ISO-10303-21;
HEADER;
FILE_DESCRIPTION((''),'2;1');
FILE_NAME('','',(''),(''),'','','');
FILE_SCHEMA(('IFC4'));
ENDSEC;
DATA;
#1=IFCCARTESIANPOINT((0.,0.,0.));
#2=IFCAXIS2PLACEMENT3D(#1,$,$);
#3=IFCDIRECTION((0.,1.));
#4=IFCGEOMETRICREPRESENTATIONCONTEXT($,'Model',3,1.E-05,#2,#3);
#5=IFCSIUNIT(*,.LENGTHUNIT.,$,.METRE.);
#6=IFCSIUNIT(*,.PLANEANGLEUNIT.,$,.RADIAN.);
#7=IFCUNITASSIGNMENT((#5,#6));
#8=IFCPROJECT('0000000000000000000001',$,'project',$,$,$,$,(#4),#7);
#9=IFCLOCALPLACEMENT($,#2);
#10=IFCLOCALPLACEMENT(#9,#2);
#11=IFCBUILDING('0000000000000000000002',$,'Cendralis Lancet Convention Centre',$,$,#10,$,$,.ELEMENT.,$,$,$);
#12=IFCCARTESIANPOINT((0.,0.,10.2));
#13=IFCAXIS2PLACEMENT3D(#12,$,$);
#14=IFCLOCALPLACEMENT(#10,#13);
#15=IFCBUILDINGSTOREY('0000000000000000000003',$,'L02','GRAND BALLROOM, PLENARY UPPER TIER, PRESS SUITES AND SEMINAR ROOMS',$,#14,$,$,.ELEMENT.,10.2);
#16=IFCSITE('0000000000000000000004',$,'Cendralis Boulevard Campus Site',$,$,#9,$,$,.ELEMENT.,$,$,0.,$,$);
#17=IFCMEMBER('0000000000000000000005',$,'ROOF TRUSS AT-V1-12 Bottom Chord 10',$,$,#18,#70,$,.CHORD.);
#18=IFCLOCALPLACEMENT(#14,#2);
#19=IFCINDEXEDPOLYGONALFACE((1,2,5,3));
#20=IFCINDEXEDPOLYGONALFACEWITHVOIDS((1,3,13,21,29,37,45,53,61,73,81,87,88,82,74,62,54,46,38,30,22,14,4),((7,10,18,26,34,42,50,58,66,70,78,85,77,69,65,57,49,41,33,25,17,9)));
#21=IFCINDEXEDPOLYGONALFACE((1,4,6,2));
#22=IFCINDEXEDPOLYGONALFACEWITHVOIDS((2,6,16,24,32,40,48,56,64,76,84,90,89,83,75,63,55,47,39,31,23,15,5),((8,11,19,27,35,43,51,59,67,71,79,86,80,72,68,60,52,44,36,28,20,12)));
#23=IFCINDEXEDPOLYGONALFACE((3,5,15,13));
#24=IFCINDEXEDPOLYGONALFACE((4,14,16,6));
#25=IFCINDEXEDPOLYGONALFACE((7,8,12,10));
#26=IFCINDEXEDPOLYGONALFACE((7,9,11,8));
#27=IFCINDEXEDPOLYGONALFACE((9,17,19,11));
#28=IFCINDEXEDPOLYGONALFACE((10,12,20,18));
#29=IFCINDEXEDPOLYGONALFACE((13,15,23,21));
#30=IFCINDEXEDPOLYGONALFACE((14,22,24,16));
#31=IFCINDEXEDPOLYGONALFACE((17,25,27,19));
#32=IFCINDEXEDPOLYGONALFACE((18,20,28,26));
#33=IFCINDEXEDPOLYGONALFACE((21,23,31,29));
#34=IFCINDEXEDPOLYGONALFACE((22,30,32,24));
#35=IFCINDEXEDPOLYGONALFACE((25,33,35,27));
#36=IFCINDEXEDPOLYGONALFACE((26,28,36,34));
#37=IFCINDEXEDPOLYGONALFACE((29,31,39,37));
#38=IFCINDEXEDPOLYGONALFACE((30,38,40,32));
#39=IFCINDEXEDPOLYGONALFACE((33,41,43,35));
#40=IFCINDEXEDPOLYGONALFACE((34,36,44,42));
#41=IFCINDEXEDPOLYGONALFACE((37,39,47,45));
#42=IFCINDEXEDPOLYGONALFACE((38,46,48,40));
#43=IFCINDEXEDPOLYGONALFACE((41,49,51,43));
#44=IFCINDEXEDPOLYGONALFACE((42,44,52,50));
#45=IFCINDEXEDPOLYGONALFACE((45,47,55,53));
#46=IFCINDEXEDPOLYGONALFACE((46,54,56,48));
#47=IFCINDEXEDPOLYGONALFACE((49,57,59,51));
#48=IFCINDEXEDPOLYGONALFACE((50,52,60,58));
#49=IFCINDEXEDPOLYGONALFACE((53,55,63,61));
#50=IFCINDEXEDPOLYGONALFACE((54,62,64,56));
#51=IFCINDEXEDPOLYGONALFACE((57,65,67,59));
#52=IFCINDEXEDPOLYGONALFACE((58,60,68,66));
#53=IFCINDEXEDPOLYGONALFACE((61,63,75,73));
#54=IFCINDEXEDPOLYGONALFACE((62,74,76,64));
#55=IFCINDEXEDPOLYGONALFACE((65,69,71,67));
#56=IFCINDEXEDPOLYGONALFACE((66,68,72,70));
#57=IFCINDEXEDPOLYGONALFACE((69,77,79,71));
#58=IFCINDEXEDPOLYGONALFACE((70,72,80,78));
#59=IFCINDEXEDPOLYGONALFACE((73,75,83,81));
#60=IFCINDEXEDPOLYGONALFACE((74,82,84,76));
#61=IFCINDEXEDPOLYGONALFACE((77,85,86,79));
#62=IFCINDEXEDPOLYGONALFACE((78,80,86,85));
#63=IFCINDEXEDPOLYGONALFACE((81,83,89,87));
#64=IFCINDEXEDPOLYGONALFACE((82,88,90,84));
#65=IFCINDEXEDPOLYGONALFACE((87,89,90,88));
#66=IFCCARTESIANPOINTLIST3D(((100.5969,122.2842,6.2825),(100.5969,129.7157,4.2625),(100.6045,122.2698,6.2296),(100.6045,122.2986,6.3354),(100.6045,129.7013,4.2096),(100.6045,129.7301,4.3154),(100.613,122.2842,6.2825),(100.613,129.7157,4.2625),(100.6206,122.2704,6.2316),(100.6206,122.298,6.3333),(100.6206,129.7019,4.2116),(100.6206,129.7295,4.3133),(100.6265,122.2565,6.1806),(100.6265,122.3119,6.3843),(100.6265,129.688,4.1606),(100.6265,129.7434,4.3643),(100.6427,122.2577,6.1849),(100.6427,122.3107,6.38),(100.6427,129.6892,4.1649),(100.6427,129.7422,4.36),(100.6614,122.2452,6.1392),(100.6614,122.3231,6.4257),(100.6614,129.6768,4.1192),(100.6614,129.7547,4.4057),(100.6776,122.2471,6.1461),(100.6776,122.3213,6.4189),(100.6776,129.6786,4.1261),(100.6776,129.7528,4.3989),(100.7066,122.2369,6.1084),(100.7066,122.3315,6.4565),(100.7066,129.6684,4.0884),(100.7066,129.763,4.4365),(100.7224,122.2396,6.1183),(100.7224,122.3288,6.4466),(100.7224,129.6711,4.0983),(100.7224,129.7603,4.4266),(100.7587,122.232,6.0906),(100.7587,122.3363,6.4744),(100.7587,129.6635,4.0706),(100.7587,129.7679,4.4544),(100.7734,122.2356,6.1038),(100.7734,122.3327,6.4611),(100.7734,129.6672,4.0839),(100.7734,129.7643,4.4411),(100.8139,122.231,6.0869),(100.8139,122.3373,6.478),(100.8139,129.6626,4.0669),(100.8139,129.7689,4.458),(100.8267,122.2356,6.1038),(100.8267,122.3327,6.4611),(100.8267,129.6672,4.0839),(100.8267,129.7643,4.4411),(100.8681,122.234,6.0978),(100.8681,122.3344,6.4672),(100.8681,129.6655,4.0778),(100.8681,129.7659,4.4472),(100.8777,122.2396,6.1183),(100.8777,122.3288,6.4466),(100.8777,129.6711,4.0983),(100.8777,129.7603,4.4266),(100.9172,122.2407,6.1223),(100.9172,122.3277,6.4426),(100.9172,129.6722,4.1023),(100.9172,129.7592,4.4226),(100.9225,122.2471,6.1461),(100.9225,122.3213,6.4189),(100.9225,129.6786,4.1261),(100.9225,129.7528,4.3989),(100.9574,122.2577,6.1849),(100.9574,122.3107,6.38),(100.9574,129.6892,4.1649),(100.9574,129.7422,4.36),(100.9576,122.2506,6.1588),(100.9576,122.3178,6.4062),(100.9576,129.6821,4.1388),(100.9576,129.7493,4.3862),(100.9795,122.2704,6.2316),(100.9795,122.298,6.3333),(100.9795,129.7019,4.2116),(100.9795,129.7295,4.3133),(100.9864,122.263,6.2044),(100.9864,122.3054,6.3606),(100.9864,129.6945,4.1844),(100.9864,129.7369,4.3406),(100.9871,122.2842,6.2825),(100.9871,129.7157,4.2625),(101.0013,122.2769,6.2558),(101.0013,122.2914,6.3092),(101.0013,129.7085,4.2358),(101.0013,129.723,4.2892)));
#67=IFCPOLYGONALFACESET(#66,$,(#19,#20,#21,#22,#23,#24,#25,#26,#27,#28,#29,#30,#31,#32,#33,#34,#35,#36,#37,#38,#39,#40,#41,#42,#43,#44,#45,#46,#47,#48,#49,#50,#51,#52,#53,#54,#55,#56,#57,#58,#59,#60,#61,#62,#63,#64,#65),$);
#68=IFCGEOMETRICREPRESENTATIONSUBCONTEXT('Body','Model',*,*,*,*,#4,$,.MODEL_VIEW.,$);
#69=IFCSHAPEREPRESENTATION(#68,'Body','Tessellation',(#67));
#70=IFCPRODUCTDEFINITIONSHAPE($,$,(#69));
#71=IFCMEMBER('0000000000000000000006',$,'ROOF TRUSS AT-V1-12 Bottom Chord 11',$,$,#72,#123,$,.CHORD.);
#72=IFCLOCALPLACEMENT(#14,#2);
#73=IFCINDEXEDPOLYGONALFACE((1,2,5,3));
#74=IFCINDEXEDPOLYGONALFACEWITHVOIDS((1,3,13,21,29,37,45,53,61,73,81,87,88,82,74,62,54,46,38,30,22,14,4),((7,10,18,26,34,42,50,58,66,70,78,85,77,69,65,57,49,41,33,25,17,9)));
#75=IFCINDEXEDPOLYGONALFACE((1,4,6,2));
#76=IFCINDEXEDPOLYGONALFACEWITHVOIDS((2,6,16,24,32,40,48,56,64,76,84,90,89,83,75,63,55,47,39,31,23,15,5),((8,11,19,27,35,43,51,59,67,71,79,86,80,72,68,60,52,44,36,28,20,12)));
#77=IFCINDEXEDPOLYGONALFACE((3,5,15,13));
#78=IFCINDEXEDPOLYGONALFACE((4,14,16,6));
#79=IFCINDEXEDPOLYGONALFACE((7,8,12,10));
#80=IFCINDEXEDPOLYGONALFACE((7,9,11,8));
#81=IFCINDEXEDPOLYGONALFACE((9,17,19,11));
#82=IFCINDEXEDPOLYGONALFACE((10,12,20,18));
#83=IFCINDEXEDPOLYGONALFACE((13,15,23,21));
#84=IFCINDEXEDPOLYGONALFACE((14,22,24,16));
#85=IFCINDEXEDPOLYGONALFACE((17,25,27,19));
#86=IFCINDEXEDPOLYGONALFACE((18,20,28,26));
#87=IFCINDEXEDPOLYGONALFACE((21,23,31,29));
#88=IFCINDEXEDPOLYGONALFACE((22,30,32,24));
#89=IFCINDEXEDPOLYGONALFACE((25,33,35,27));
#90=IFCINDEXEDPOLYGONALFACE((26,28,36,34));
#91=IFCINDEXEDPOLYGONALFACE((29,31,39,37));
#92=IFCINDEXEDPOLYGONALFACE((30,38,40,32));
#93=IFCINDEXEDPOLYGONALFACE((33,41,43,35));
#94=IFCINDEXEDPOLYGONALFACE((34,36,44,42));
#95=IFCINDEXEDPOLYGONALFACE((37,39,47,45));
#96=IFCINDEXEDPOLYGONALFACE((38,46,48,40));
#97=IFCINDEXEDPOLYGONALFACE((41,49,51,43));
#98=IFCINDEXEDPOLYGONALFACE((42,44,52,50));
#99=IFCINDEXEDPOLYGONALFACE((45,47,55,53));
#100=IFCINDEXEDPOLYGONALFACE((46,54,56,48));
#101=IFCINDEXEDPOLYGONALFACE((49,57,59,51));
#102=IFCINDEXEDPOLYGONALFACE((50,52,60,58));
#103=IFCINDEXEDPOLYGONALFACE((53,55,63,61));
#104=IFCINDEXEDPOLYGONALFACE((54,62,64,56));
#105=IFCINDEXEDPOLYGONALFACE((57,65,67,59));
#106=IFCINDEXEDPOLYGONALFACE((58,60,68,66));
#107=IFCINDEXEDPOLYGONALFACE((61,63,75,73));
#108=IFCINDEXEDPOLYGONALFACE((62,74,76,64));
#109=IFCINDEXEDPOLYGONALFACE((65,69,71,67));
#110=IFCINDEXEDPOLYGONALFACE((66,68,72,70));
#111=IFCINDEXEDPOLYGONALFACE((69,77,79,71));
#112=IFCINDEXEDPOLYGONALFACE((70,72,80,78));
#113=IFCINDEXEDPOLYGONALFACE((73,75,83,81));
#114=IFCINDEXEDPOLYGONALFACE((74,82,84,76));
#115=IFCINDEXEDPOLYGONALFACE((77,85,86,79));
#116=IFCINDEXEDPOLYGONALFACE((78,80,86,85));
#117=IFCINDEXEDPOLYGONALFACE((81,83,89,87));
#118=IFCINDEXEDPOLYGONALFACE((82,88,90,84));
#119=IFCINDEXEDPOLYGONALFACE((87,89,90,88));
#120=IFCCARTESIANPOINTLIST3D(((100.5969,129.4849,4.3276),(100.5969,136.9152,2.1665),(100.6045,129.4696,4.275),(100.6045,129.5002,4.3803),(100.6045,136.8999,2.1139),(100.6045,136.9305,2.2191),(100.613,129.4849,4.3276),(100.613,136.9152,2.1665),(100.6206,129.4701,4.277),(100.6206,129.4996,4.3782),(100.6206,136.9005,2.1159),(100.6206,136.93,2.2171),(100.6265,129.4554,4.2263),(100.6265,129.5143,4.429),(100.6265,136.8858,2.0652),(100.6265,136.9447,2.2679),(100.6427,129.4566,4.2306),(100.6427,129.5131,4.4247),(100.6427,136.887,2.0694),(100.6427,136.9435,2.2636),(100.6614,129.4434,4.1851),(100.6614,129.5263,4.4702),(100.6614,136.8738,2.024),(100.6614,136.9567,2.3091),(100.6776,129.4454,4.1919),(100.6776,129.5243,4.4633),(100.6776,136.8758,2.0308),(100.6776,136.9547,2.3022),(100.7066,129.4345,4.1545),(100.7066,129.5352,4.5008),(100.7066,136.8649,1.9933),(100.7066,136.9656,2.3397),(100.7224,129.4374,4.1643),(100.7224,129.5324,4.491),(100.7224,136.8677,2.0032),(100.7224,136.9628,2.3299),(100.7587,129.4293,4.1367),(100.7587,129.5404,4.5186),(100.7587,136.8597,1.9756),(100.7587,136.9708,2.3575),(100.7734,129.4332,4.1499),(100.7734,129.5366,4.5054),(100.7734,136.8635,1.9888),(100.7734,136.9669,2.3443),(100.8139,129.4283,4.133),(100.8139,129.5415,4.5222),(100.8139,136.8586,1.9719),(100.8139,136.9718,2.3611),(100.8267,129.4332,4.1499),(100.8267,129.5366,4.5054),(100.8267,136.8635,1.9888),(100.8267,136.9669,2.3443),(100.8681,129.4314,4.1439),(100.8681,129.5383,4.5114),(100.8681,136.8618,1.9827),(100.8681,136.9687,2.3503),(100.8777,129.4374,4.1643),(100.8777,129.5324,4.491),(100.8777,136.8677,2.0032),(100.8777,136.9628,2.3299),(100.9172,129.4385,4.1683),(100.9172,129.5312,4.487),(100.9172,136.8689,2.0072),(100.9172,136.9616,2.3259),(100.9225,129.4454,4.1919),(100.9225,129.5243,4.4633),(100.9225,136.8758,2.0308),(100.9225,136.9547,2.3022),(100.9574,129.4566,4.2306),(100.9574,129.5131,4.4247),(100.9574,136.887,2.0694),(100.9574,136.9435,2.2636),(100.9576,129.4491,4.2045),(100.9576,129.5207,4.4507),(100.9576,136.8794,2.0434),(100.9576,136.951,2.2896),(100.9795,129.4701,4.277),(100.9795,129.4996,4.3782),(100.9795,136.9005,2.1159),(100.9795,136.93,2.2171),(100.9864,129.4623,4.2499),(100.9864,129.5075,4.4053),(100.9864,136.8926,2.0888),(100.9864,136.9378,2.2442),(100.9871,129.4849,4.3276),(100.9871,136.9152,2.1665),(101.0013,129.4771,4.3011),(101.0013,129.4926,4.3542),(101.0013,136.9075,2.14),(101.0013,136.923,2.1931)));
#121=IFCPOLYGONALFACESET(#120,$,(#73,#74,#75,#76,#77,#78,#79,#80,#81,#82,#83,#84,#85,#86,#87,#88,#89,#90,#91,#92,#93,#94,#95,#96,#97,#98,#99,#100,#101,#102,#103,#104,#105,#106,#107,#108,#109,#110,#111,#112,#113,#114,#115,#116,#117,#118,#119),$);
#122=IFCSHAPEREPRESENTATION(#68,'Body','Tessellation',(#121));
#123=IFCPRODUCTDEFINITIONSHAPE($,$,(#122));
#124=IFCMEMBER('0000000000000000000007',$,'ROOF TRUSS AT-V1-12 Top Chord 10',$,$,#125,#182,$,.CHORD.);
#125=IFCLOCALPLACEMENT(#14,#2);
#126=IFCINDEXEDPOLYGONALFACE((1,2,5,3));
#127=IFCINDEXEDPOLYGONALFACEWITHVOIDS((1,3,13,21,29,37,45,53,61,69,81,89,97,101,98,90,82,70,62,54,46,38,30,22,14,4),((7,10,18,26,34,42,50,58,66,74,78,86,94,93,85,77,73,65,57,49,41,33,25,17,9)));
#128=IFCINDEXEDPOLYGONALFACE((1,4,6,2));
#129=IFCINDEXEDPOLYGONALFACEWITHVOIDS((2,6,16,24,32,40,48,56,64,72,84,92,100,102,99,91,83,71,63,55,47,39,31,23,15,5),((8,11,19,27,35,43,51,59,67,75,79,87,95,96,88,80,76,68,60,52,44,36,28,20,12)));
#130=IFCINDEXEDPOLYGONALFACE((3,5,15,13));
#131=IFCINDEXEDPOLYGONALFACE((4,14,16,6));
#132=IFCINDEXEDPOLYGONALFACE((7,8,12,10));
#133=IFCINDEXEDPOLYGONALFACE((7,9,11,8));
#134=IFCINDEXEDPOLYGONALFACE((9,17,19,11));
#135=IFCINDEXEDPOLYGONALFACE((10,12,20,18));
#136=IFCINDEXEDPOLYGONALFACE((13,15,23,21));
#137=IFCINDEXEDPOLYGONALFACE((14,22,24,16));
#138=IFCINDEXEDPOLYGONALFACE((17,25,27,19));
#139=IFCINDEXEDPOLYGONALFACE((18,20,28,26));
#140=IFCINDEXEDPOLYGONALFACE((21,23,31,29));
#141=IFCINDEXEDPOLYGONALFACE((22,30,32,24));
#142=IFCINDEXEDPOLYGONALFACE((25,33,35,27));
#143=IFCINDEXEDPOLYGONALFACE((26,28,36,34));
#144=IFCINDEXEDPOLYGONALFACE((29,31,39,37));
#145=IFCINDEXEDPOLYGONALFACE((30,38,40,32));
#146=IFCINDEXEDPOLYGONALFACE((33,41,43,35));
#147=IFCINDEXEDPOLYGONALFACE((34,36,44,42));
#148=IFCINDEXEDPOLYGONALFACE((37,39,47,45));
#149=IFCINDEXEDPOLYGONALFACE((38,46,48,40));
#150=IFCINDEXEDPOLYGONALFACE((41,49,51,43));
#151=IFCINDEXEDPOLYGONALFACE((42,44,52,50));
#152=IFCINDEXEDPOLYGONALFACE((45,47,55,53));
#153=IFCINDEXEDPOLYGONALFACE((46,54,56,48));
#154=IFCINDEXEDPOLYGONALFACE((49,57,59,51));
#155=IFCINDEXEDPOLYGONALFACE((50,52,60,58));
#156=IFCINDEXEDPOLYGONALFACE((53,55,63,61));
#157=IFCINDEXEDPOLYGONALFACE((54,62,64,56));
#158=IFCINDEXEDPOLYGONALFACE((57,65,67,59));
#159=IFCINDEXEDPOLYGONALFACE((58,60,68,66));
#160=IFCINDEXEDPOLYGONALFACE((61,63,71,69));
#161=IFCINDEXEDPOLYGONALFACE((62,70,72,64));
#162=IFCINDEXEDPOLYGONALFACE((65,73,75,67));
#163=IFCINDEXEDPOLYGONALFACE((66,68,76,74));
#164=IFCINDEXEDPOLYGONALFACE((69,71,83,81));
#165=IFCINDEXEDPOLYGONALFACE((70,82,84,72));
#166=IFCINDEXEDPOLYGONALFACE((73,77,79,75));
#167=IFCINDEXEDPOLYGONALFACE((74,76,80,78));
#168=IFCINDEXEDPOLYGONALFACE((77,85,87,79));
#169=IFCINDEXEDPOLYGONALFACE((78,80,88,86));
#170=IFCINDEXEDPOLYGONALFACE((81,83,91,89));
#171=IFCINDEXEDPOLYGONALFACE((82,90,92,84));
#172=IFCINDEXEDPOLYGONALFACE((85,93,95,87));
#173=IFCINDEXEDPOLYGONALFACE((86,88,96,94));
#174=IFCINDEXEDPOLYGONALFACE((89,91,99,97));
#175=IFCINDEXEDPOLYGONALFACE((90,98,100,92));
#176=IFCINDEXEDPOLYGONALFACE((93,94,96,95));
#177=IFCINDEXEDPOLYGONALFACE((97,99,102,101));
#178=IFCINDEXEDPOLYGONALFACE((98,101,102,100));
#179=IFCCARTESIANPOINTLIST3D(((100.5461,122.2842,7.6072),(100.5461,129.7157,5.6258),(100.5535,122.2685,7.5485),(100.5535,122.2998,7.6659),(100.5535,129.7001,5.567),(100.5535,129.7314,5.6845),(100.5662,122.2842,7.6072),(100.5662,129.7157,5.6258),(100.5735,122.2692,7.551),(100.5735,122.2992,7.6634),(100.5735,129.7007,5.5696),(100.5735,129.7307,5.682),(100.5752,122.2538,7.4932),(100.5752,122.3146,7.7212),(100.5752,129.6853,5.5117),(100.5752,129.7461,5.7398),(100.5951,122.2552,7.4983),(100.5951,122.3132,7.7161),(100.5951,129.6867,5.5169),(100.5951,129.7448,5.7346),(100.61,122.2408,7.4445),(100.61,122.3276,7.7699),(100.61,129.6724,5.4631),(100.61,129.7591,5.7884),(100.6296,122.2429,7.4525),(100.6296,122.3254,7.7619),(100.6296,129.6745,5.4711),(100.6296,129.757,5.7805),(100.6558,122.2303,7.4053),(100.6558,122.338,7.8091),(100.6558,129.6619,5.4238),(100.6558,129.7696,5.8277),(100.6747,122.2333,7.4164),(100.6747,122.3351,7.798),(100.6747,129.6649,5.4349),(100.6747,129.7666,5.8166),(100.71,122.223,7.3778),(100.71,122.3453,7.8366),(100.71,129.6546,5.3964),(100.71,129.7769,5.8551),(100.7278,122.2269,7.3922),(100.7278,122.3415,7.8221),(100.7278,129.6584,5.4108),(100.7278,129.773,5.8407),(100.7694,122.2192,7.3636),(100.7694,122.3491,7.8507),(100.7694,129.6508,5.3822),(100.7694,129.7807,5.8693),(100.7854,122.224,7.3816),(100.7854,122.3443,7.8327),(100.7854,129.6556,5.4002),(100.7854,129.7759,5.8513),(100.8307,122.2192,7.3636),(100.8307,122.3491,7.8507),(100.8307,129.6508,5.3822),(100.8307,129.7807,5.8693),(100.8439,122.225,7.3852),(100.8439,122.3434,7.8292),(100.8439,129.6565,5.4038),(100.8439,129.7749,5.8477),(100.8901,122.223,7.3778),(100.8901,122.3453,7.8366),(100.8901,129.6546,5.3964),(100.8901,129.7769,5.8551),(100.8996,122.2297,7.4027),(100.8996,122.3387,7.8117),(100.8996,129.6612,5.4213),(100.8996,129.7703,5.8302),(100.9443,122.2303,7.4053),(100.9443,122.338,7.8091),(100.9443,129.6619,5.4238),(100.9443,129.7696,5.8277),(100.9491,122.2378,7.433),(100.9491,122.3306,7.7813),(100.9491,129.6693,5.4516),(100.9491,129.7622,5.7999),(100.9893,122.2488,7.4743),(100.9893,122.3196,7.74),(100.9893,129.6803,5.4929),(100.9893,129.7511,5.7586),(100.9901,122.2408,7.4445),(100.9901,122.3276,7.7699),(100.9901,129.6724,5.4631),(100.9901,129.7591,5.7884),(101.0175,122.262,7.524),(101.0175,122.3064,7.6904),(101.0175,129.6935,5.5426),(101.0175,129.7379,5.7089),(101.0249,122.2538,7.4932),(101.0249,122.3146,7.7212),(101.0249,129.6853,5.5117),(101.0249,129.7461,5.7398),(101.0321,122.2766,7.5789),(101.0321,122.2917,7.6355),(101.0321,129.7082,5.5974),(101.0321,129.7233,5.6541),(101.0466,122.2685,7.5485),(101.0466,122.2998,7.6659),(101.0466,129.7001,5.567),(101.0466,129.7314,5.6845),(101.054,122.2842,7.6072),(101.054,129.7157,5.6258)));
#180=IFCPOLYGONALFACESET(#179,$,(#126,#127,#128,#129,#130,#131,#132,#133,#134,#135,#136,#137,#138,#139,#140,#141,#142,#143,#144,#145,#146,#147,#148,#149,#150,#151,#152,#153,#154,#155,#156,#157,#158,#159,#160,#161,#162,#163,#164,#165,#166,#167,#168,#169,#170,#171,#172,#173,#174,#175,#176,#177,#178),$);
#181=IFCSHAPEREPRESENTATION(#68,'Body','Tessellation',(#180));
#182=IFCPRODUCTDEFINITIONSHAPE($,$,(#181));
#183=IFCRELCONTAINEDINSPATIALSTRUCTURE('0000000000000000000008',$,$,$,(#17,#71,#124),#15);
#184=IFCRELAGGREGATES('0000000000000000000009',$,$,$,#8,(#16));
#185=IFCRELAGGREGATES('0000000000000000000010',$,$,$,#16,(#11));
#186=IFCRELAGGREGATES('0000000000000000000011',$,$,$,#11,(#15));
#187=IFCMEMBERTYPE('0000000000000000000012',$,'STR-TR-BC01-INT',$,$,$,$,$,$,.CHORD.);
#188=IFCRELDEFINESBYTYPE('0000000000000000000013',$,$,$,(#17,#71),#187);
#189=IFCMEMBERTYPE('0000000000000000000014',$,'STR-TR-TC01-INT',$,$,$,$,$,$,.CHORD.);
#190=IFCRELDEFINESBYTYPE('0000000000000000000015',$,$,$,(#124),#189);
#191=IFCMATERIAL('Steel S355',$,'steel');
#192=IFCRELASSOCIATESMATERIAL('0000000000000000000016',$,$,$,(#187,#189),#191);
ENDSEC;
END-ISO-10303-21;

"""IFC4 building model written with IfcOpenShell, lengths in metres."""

from ifc_helpers import new_model, si_unit, direction, frame, origin, origin_2d, place, context, subcontext, project, spatial, hollow_circle, extrude, material, material_profile, profile_set, type_object, element, save


model = new_model("IFC4")

# Units and contexts
model_context = context("Model", 3, precision=1e-05, world=origin(), true_north=direction((0.0, 1.0)))
body_context = subcontext(model_context, "Body", "Model", "MODEL_VIEW")
ifc_project = project(units=[si_unit("LENGTHUNIT", "METRE"), si_unit("PLANEANGLEUNIT", "RADIAN")], contexts=[model_context])

# Site, building, storey
site_placement = place(None, origin())
site = spatial("IfcSite", under=ifc_project, at=site_placement, Name="Cendralis Boulevard Campus Site", CompositionType="ELEMENT", RefElevation=0.0)
building_placement = place(site_placement, origin())
building = spatial("IfcBuilding", under=site, at=building_placement, Name="Cendralis Lancet Convention Centre", CompositionType="ELEMENT")
storey_placement = place(building_placement, frame((0.0, 0.0, 10.2)))
storey = spatial("IfcBuildingStorey", under=building, at=storey_placement, Name="L02", Description="GRAND BALLROOM, PLENARY UPPER TIER, PRESS SUITES AND SEMINAR ROOMS", CompositionType="ELEMENT", Elevation=10.2)

# Members
ifc_material_1 = material(Name="Steel S355", Category="steel")
ifc_material_profile_1 = material_profile(ifc_material_1, hollow_circle(Radius=0.2031, WallThickness=0.0161, at=origin_2d()), Name="CHS 406.4x16.0")
ifc_profile_set_1 = profile_set([ifc_material_profile_1], Name="Steel S355")
member_type_1 = type_object("IfcMemberType", Name="STR-TR-BC01-INT", PredefinedType="CHORD", material=ifc_profile_set_1)
member_1_placement = place(storey_placement, frame((100.8, 122.2842, 6.2825), z_axis=(0.0, 0.964987, -0.262296), x_axis=(-1.0, 0.0, 0.0)))
element("IfcMember", 1, at=member_1_placement, inside=storey, type_object=member_type_1, Name="ROOF TRUSS AT-V1-12 Bottom Chord 10", PredefinedType="CHORD", context=body_context, shape_type="SweptSolid", body=[
    extrude(hollow_circle(Radius=0.2031, WallThickness=0.0161, at=origin_2d()), origin(), (0.0, 0.0, 1.0), 7.7012),
])
member_2_placement = place(storey_placement, frame((100.8, 129.4849, 4.3276), z_axis=(0.0, 0.960211, -0.279277), x_axis=(-1.0, 0.0, 0.0)))
element("IfcMember", 2, at=member_2_placement, inside=storey, type_object=member_type_1, Name="ROOF TRUSS AT-V1-12 Bottom Chord 11", PredefinedType="CHORD", context=body_context, shape_type="SweptSolid", body=[
    extrude(hollow_circle(Radius=0.2031, WallThickness=0.0161, at=origin_2d()), origin(), (0.0, 0.0, 1.0), 7.7383),
])
ifc_material_profile_2 = material_profile(ifc_material_1, hollow_circle(Radius=0.2539, WallThickness=0.02, at=origin_2d()), Name="CHS 508.0x20.0")
ifc_profile_set_2 = profile_set([ifc_material_profile_2], Name="Steel S355")
member_type_2 = type_object("IfcMemberType", Name="STR-TR-TC01-INT", PredefinedType="CHORD", material=ifc_profile_set_2)
member_3_placement = place(storey_placement, frame((100.8, 122.2842, 7.6072), z_axis=(0.0, 0.966245, -0.257623), x_axis=(-1.0, 0.0, 0.0)))
element("IfcMember", 3, at=member_3_placement, inside=storey, type_object=member_type_2, Name="ROOF TRUSS AT-V1-12 Top Chord 10", PredefinedType="CHORD", context=body_context, shape_type="SweptSolid", body=[
    extrude(hollow_circle(Radius=0.2539, WallThickness=0.02, at=origin_2d()), origin(), (0.0, 0.0, 1.0), 7.6912),
])

save(model, "model.ifc")
